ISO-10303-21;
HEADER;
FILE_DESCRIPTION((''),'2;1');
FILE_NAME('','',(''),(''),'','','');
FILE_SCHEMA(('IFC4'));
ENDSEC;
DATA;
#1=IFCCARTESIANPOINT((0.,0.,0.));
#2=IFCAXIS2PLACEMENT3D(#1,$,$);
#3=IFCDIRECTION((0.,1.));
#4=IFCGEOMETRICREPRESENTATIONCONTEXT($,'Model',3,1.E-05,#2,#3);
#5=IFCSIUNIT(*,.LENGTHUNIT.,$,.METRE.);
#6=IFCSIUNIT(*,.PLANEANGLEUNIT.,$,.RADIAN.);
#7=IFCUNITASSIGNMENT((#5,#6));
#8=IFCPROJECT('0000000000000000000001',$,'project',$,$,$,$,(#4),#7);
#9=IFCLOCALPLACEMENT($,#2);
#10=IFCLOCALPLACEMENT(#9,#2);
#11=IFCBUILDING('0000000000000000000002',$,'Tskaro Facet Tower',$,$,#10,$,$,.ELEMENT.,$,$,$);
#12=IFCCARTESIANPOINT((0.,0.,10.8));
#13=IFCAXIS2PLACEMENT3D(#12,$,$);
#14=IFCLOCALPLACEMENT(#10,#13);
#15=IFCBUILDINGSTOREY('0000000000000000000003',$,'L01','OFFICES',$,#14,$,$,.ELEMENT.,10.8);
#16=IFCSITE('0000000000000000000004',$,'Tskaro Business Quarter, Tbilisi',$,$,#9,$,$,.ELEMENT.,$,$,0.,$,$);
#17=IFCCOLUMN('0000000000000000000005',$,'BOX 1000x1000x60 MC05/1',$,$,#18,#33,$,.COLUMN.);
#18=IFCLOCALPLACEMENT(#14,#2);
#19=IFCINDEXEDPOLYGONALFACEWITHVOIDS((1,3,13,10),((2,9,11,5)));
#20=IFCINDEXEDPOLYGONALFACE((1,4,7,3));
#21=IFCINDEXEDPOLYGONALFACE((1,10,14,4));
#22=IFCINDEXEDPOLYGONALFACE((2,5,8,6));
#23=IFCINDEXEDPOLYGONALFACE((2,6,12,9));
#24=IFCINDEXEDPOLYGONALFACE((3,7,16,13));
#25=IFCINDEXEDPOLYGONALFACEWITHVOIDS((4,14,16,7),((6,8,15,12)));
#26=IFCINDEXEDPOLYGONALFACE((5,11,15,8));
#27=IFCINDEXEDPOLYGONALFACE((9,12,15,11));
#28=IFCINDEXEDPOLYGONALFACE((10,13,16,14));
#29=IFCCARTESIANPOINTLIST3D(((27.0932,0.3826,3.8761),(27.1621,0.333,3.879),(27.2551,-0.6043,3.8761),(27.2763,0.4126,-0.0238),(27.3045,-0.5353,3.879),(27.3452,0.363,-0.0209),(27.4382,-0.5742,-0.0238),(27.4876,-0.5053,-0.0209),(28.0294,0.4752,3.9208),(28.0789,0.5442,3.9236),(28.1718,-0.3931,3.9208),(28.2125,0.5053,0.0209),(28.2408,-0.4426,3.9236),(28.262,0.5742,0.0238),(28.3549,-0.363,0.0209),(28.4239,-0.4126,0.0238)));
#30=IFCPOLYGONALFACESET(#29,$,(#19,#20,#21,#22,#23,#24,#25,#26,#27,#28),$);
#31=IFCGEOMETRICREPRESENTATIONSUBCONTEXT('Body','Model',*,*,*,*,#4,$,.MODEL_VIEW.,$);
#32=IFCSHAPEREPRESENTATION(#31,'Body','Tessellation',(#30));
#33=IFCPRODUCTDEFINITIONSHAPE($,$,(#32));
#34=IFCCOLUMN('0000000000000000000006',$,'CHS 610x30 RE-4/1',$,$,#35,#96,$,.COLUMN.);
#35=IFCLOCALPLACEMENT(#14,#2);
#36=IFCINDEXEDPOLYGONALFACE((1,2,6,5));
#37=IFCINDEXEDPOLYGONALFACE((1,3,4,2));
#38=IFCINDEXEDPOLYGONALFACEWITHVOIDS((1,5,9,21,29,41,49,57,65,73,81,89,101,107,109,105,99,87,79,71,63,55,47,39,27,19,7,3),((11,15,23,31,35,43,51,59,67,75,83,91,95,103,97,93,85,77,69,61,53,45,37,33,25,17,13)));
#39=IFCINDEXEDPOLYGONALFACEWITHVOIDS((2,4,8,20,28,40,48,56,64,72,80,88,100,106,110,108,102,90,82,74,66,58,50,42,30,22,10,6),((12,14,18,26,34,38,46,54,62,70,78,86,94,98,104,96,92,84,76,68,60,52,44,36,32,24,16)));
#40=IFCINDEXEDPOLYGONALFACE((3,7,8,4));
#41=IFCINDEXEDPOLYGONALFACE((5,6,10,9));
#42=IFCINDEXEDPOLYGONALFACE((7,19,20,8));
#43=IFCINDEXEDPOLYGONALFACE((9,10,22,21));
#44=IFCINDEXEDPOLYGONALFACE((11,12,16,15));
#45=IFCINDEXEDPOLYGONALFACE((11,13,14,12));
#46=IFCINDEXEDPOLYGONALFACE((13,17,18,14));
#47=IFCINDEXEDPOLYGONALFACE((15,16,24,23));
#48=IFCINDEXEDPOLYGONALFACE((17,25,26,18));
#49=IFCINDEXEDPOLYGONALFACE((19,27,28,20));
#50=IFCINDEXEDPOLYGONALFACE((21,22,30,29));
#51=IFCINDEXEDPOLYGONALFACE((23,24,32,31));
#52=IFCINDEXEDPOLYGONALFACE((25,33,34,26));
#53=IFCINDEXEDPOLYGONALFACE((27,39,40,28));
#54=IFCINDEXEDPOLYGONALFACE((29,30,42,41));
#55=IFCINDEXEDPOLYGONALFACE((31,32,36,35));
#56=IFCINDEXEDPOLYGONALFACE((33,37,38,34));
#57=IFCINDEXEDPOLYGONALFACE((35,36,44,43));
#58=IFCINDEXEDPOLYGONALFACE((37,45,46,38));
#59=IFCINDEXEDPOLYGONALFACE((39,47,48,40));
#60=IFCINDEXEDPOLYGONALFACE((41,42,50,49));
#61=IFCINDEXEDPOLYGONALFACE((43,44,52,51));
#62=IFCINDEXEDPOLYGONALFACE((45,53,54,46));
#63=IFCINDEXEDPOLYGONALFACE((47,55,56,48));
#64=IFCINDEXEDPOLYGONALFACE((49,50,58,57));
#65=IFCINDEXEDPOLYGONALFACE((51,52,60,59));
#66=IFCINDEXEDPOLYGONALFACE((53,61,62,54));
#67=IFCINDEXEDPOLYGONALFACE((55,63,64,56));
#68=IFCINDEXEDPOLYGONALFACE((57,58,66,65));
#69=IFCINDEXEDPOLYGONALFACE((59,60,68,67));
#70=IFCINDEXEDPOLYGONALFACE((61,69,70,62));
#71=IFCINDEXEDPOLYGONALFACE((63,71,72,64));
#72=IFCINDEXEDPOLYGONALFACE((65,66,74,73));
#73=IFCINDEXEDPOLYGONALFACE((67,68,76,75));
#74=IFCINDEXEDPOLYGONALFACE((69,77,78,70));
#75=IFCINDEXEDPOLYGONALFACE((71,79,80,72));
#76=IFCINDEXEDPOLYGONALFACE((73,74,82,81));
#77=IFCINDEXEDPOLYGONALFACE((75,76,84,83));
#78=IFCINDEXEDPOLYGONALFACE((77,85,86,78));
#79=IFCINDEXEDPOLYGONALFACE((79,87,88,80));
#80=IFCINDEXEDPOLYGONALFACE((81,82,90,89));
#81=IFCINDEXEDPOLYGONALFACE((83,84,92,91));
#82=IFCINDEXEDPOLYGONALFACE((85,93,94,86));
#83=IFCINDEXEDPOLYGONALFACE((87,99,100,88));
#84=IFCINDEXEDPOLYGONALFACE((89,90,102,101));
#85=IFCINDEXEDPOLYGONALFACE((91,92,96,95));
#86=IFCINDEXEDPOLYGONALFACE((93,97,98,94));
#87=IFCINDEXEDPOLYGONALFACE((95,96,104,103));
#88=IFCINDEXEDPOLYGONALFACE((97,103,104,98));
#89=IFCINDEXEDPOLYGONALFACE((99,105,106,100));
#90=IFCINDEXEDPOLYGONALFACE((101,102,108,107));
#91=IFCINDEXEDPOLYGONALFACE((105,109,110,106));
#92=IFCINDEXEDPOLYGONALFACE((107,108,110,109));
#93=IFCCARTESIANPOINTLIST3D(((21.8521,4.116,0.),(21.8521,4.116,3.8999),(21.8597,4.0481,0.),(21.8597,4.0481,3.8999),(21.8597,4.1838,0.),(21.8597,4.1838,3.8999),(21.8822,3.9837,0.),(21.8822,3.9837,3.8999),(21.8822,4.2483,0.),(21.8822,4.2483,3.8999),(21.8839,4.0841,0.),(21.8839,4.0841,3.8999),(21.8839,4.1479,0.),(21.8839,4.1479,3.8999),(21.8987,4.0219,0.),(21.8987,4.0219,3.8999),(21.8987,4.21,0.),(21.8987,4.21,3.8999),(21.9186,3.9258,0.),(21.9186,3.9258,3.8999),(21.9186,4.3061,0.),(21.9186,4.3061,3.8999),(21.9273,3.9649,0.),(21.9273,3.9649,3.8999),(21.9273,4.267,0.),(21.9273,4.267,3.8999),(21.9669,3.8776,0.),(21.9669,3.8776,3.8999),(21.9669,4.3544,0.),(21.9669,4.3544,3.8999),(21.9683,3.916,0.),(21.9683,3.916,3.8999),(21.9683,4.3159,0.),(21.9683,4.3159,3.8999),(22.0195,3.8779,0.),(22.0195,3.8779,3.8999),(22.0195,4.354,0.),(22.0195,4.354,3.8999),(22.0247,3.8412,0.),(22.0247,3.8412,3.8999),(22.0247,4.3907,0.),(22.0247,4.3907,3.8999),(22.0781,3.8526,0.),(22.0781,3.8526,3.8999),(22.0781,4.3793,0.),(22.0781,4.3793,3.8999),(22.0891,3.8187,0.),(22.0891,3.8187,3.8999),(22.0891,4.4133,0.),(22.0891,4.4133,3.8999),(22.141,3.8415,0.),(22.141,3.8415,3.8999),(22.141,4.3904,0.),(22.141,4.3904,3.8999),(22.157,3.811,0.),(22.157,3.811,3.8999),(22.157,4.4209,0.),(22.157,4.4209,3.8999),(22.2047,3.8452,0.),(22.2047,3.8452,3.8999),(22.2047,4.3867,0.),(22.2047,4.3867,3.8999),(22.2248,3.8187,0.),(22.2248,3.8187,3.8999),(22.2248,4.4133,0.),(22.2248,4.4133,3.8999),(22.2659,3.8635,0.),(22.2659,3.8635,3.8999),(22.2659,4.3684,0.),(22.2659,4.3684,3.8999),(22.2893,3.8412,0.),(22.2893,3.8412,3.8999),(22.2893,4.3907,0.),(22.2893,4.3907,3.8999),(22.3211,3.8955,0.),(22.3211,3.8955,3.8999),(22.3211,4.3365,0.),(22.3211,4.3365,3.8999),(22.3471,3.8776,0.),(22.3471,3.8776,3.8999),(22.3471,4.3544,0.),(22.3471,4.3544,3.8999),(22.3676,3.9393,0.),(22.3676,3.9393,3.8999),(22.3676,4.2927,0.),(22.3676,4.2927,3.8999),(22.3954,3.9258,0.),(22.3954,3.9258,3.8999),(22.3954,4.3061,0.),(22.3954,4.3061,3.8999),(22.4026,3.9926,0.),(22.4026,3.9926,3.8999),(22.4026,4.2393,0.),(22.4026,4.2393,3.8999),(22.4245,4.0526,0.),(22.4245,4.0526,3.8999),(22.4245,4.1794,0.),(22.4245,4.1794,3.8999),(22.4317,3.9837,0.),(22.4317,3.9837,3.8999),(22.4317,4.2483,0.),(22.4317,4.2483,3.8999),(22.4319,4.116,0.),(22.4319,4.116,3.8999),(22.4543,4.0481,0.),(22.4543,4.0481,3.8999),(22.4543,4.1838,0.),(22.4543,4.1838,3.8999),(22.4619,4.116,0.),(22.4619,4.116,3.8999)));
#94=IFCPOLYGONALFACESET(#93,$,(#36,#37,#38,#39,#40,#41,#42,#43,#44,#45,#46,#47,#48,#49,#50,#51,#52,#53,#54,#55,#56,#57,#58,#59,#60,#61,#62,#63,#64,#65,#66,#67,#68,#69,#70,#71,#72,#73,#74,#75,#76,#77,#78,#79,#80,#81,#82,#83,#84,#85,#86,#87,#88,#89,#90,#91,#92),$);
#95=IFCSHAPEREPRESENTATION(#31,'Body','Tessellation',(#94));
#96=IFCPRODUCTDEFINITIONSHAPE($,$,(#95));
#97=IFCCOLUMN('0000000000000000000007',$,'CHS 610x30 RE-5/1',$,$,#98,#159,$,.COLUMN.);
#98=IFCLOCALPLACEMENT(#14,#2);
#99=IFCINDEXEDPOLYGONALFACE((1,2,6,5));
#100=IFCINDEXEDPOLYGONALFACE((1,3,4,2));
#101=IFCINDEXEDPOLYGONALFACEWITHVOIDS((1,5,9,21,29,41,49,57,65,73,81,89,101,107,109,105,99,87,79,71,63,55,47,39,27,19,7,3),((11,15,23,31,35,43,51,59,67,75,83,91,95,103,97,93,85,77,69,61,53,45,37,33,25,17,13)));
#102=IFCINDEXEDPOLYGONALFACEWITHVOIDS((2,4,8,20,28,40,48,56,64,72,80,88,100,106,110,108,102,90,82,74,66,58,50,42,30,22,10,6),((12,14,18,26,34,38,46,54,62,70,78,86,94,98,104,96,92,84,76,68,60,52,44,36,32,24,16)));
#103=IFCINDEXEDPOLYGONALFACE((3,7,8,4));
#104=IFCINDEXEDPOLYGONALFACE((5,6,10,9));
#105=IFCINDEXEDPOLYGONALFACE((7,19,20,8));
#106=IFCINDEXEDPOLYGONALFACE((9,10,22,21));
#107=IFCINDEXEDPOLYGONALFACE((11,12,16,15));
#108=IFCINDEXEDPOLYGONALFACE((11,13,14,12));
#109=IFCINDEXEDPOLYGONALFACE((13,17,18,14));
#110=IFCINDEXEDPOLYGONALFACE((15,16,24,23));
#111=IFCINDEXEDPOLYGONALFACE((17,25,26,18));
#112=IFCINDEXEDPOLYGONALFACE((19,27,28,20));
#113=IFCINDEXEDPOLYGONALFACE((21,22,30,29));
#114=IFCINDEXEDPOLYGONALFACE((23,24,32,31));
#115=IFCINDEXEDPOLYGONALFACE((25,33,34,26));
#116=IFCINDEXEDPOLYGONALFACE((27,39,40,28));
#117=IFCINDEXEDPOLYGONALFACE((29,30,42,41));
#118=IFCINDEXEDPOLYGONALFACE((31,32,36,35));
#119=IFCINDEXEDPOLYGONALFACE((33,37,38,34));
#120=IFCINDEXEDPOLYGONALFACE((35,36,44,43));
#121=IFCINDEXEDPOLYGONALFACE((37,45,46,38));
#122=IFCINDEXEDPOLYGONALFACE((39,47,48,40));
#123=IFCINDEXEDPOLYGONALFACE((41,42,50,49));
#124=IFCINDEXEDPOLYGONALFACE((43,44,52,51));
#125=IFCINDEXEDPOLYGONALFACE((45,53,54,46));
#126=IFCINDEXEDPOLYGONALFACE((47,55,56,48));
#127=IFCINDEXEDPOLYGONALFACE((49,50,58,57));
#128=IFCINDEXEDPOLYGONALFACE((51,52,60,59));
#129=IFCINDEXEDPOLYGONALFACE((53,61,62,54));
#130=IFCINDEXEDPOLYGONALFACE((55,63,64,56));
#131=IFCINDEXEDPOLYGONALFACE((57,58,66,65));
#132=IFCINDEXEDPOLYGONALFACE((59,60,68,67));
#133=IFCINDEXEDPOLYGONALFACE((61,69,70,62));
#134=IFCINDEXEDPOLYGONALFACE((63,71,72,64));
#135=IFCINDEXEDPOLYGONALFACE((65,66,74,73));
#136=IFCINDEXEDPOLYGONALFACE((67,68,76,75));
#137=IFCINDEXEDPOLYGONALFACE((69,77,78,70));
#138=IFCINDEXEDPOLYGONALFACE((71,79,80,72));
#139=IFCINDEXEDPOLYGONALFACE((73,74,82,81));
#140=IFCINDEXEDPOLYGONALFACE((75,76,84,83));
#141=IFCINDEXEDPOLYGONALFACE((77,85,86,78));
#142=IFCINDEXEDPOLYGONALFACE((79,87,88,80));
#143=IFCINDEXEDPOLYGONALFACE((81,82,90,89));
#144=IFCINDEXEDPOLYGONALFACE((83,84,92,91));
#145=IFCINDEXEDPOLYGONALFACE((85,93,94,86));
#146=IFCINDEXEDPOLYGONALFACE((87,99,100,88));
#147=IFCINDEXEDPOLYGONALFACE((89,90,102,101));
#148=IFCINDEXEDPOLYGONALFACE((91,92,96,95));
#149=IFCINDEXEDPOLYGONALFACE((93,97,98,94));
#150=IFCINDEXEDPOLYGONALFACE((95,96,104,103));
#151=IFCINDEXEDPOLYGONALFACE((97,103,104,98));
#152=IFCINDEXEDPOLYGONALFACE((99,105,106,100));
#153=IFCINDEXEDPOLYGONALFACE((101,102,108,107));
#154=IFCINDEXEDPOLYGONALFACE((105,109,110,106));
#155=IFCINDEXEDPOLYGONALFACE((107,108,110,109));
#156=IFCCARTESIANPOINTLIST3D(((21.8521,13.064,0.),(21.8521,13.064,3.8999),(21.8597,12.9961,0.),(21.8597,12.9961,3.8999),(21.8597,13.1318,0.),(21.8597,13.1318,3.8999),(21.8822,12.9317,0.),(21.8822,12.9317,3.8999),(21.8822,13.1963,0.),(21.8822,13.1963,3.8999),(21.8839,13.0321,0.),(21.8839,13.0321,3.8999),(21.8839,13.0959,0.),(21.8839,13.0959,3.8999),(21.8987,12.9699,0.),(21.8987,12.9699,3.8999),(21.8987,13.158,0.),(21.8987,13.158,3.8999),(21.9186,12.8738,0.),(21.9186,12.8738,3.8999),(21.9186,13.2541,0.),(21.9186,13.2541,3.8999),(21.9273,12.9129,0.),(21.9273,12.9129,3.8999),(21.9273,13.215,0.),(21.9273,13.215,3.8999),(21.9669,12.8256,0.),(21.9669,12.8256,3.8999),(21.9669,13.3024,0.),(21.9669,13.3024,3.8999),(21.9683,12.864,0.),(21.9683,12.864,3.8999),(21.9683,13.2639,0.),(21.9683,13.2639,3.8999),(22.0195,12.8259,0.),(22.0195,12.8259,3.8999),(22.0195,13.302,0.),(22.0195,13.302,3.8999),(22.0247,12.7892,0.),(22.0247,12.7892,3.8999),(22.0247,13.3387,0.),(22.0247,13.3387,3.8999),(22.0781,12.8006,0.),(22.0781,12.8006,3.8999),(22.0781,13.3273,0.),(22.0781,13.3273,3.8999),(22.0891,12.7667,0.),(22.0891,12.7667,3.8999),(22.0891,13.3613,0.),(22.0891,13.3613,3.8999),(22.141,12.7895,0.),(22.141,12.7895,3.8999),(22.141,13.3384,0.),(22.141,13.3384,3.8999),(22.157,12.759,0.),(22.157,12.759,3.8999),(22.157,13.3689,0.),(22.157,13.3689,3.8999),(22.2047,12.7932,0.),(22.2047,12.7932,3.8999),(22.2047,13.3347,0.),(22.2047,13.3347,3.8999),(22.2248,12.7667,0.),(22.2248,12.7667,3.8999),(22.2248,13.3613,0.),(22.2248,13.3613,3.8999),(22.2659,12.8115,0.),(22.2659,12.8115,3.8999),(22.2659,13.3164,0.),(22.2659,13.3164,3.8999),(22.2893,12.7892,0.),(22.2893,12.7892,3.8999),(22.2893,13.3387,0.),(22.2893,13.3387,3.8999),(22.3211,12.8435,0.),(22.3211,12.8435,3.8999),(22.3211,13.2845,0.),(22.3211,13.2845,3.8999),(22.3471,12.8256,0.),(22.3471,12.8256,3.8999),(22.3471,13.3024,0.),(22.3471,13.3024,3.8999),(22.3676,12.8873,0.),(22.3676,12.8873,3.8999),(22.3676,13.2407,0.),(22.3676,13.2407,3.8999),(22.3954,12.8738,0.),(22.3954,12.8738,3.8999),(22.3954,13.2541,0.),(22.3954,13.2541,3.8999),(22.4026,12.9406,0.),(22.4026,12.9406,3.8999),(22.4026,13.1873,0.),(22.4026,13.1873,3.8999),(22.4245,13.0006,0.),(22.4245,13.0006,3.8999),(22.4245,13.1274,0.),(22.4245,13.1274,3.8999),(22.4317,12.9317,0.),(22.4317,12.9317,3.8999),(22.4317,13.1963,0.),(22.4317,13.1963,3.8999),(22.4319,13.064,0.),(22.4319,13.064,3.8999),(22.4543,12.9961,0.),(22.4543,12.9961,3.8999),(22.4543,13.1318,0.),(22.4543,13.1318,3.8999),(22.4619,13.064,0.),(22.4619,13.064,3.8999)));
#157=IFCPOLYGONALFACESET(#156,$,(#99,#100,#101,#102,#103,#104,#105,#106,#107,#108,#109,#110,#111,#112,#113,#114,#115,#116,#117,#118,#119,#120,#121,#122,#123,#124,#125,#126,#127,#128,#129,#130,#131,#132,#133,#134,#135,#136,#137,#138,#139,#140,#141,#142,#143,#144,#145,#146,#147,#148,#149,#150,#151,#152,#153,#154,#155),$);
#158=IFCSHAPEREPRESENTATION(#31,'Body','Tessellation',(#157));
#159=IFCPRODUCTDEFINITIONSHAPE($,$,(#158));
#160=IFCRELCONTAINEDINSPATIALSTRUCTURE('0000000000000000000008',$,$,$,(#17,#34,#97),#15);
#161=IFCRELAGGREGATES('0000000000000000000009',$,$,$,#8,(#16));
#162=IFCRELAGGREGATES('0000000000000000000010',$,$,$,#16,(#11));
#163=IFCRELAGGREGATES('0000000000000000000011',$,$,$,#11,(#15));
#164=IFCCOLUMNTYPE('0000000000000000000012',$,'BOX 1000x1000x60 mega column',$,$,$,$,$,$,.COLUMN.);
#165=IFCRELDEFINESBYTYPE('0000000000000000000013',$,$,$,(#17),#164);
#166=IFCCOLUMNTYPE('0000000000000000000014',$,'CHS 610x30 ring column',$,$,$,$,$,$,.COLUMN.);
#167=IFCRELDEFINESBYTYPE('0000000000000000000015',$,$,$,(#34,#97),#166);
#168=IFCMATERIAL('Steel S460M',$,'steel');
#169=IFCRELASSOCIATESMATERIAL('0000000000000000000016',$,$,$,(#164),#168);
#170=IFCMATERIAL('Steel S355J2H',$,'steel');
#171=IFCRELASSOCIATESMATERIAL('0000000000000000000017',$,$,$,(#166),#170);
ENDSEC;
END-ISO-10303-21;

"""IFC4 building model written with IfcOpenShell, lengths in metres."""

from ifc_helpers import new_model, si_unit, direction, frame, origin, origin_2d, place, context, subcontext, project, spatial, hollow_rectangle, hollow_circle, extrude, material, material_profile, profile_set, type_object, element, save


model = new_model("IFC4")

# Units and contexts
model_context = context("Model", 3, precision=1e-05, world=origin(), true_north=direction((0.0, 1.0)))
body_context = subcontext(model_context, "Body", "Model", "MODEL_VIEW")
ifc_project = project(units=[si_unit("LENGTHUNIT", "METRE"), si_unit("PLANEANGLEUNIT", "RADIAN")], contexts=[model_context])

# Site, building, storey
site_placement = place(None, origin())
site = spatial("IfcSite", under=ifc_project, at=site_placement, Name="Tskaro Business Quarter, Tbilisi", CompositionType="ELEMENT", RefElevation=0.0)
building_placement = place(site_placement, origin())
building = spatial("IfcBuilding", under=site, at=building_placement, Name="Tskaro Facet Tower", CompositionType="ELEMENT")
storey_placement = place(building_placement, frame((0.0, 0.0, 10.8)))
storey = spatial("IfcBuildingStorey", under=building, at=storey_placement, Name="L01", Description="OFFICES", CompositionType="ELEMENT", Elevation=10.8)

# Columns
ifc_material_1 = material(Name="Steel S460M", Category="steel")
ifc_material_profile_1 = material_profile(ifc_material_1, hollow_rectangle(XDim=1.0, YDim=1.0, WallThickness=0.0601, at=origin_2d()), Name="BOX 1000x1000x60")
ifc_profile_set_1 = profile_set([ifc_material_profile_1], Name="Steel S460M")
column_type_1 = type_object("IfcColumnType", Name="BOX 1000x1000x60 mega column", PredefinedType="COLUMN", material=ifc_profile_set_1)
column_placement = place(storey_placement, frame((27.8501, 0.0, 0.0), z_axis=(-0.046898, -0.007691, 0.99887), x_axis=(0.161838, -0.986817, 0.0)))
element("IfcColumn", 1, at=column_placement, inside=storey, type_object=column_type_1, Name="BOX 1000x1000x60 MC05/1", PredefinedType="COLUMN", context=body_context, shape_type="SweptSolid", body=[
    extrude(hollow_rectangle(XDim=1.0, YDim=1.0, WallThickness=0.0601, at=origin_2d()), origin(), (0.0, 0.0, 1.0), 3.9043),
])
ifc_material_2 = material(Name="Steel S355J2H", Category="steel")
ifc_material_profile_2 = material_profile(ifc_material_2, hollow_circle(Radius=0.3049, WallThickness=0.03, at=origin_2d()), Name="CHS 610x30")
ifc_profile_set_2 = profile_set([ifc_material_profile_2], Name="Steel S355J2H")
column_type_2 = type_object("IfcColumnType", Name="CHS 610x30 ring column", PredefinedType="COLUMN", material=ifc_profile_set_2)
for number, where, z_axis, x_axis, name in (
    (2, (22.157, 4.116, 0.0), (0.0, 0.0, 1.0), (1.0, 0.0, 0.0), "CHS 610x30 RE-4/1"),
    (3, (22.157, 13.064, 0.0), (0.0, 0.0, 1.0), (1.0, 0.0, 0.0), "CHS 610x30 RE-5/1"),
):
    element("IfcColumn", number, at=place(storey_placement, frame(where, z_axis=z_axis, x_axis=x_axis)), inside=storey, type_object=column_type_2, Name=name, PredefinedType="COLUMN", context=body_context, shape_type="SweptSolid", body=[
        extrude(hollow_circle(Radius=0.3049, WallThickness=0.03, at=origin_2d()), origin(), (0.0, 0.0, 1.0), 3.8999),
    ])

save(model, "model.ifc")
